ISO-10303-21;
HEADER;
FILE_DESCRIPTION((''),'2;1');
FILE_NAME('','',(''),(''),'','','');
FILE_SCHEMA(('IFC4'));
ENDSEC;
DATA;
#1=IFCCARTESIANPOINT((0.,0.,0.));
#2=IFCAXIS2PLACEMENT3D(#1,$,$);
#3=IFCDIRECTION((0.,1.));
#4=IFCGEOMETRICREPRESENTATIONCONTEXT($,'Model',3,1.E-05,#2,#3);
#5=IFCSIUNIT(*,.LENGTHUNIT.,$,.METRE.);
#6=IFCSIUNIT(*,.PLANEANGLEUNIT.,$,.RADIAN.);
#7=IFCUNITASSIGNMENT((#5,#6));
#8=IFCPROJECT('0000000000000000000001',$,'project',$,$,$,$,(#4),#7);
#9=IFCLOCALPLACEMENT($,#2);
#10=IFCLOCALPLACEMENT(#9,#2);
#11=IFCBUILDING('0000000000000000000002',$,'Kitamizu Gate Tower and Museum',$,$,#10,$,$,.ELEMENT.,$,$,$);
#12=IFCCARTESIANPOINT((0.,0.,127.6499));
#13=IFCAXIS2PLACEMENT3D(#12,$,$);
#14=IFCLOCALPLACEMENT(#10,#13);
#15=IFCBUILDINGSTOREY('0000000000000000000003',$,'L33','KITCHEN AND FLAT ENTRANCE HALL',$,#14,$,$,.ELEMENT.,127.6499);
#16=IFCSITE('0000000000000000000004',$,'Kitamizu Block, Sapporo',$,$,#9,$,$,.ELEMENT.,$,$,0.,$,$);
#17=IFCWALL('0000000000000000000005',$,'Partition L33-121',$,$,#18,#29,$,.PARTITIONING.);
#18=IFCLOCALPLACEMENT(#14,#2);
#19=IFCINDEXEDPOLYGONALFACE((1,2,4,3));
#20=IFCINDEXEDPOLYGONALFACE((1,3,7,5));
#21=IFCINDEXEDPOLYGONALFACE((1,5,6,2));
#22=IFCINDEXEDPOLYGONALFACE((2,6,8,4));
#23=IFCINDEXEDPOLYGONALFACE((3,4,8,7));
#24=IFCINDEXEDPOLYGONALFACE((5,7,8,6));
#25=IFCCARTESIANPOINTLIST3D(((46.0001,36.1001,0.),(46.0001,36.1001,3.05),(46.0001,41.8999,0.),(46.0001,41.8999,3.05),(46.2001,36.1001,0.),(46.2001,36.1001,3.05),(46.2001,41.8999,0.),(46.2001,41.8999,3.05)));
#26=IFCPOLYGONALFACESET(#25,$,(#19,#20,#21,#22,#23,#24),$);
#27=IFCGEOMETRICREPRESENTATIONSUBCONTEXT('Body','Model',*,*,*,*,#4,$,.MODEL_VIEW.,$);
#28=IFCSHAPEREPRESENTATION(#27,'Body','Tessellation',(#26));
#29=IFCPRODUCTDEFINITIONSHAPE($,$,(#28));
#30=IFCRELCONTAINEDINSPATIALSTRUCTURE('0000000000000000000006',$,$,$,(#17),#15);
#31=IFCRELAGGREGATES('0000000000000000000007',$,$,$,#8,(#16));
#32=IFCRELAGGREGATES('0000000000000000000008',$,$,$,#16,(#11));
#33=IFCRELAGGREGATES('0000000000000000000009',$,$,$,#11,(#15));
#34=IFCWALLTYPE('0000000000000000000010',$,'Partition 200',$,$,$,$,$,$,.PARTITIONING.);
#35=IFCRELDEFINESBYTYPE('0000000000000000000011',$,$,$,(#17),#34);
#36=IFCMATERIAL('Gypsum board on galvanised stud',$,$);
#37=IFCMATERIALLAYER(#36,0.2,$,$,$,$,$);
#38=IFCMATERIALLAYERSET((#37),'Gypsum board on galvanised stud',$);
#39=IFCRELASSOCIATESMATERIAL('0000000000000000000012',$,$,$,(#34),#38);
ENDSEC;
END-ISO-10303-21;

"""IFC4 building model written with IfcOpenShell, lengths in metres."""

from ifc_helpers import new_model, si_unit, direction, frame, frame_2d, origin, place, context, subcontext, project, spatial, rectangle, extrude, material, layer, layer_set, type_object, element, save


model = new_model("IFC4")

# Units and contexts
model_context = context("Model", 3, precision=1e-05, world=origin(), true_north=direction((0.0, 1.0)))
body_context = subcontext(model_context, "Body", "Model", "MODEL_VIEW")
ifc_project = project(units=[si_unit("LENGTHUNIT", "METRE"), si_unit("PLANEANGLEUNIT", "RADIAN")], contexts=[model_context])

# Site, building, storey
site_placement = place(None, origin())
site = spatial("IfcSite", under=ifc_project, at=site_placement, Name="Kitamizu Block, Sapporo", CompositionType="ELEMENT", RefElevation=0.0)
building_placement = place(site_placement, origin())
building = spatial("IfcBuilding", under=site, at=building_placement, Name="Kitamizu Gate Tower and Museum", CompositionType="ELEMENT")
storey_placement = place(building_placement, frame((0.0, 0.0, 127.6499)))
storey = spatial("IfcBuildingStorey", under=building, at=storey_placement, Name="L33", Description="KITCHEN AND FLAT ENTRANCE HALL", CompositionType="ELEMENT", Elevation=127.6499)

# Shared definitions
ifc_material_1 = material(Name="Gypsum board on galvanised stud")
ifc_layer_1 = layer(ifc_material_1, 0.2)
ifc_layer_set_1 = layer_set([ifc_layer_1], Name="Gypsum board on galvanised stud")
wall_type_1 = type_object("IfcWallType", Name="Partition 200", PredefinedType="PARTITIONING", material=ifc_layer_set_1)

# Wall
wall_1_placement = place(storey_placement, frame((46.1001, 36.1001, 0.0), z_axis=(0.0, 0.0, 1.0), x_axis=(0.0, 1.0, 0.0)))
element("IfcWall", 1, at=wall_1_placement, inside=storey, type_object=wall_type_1, Name="Partition L33-121", PredefinedType="PARTITIONING", context=body_context, shape_type="SweptSolid", body=[
    extrude(rectangle(XDim=5.7998, YDim=0.2, at=frame_2d((2.8999, 0.0))), origin(), (0.0, 0.0, 1.0), 3.05),
])

save(model, "model.ifc")
